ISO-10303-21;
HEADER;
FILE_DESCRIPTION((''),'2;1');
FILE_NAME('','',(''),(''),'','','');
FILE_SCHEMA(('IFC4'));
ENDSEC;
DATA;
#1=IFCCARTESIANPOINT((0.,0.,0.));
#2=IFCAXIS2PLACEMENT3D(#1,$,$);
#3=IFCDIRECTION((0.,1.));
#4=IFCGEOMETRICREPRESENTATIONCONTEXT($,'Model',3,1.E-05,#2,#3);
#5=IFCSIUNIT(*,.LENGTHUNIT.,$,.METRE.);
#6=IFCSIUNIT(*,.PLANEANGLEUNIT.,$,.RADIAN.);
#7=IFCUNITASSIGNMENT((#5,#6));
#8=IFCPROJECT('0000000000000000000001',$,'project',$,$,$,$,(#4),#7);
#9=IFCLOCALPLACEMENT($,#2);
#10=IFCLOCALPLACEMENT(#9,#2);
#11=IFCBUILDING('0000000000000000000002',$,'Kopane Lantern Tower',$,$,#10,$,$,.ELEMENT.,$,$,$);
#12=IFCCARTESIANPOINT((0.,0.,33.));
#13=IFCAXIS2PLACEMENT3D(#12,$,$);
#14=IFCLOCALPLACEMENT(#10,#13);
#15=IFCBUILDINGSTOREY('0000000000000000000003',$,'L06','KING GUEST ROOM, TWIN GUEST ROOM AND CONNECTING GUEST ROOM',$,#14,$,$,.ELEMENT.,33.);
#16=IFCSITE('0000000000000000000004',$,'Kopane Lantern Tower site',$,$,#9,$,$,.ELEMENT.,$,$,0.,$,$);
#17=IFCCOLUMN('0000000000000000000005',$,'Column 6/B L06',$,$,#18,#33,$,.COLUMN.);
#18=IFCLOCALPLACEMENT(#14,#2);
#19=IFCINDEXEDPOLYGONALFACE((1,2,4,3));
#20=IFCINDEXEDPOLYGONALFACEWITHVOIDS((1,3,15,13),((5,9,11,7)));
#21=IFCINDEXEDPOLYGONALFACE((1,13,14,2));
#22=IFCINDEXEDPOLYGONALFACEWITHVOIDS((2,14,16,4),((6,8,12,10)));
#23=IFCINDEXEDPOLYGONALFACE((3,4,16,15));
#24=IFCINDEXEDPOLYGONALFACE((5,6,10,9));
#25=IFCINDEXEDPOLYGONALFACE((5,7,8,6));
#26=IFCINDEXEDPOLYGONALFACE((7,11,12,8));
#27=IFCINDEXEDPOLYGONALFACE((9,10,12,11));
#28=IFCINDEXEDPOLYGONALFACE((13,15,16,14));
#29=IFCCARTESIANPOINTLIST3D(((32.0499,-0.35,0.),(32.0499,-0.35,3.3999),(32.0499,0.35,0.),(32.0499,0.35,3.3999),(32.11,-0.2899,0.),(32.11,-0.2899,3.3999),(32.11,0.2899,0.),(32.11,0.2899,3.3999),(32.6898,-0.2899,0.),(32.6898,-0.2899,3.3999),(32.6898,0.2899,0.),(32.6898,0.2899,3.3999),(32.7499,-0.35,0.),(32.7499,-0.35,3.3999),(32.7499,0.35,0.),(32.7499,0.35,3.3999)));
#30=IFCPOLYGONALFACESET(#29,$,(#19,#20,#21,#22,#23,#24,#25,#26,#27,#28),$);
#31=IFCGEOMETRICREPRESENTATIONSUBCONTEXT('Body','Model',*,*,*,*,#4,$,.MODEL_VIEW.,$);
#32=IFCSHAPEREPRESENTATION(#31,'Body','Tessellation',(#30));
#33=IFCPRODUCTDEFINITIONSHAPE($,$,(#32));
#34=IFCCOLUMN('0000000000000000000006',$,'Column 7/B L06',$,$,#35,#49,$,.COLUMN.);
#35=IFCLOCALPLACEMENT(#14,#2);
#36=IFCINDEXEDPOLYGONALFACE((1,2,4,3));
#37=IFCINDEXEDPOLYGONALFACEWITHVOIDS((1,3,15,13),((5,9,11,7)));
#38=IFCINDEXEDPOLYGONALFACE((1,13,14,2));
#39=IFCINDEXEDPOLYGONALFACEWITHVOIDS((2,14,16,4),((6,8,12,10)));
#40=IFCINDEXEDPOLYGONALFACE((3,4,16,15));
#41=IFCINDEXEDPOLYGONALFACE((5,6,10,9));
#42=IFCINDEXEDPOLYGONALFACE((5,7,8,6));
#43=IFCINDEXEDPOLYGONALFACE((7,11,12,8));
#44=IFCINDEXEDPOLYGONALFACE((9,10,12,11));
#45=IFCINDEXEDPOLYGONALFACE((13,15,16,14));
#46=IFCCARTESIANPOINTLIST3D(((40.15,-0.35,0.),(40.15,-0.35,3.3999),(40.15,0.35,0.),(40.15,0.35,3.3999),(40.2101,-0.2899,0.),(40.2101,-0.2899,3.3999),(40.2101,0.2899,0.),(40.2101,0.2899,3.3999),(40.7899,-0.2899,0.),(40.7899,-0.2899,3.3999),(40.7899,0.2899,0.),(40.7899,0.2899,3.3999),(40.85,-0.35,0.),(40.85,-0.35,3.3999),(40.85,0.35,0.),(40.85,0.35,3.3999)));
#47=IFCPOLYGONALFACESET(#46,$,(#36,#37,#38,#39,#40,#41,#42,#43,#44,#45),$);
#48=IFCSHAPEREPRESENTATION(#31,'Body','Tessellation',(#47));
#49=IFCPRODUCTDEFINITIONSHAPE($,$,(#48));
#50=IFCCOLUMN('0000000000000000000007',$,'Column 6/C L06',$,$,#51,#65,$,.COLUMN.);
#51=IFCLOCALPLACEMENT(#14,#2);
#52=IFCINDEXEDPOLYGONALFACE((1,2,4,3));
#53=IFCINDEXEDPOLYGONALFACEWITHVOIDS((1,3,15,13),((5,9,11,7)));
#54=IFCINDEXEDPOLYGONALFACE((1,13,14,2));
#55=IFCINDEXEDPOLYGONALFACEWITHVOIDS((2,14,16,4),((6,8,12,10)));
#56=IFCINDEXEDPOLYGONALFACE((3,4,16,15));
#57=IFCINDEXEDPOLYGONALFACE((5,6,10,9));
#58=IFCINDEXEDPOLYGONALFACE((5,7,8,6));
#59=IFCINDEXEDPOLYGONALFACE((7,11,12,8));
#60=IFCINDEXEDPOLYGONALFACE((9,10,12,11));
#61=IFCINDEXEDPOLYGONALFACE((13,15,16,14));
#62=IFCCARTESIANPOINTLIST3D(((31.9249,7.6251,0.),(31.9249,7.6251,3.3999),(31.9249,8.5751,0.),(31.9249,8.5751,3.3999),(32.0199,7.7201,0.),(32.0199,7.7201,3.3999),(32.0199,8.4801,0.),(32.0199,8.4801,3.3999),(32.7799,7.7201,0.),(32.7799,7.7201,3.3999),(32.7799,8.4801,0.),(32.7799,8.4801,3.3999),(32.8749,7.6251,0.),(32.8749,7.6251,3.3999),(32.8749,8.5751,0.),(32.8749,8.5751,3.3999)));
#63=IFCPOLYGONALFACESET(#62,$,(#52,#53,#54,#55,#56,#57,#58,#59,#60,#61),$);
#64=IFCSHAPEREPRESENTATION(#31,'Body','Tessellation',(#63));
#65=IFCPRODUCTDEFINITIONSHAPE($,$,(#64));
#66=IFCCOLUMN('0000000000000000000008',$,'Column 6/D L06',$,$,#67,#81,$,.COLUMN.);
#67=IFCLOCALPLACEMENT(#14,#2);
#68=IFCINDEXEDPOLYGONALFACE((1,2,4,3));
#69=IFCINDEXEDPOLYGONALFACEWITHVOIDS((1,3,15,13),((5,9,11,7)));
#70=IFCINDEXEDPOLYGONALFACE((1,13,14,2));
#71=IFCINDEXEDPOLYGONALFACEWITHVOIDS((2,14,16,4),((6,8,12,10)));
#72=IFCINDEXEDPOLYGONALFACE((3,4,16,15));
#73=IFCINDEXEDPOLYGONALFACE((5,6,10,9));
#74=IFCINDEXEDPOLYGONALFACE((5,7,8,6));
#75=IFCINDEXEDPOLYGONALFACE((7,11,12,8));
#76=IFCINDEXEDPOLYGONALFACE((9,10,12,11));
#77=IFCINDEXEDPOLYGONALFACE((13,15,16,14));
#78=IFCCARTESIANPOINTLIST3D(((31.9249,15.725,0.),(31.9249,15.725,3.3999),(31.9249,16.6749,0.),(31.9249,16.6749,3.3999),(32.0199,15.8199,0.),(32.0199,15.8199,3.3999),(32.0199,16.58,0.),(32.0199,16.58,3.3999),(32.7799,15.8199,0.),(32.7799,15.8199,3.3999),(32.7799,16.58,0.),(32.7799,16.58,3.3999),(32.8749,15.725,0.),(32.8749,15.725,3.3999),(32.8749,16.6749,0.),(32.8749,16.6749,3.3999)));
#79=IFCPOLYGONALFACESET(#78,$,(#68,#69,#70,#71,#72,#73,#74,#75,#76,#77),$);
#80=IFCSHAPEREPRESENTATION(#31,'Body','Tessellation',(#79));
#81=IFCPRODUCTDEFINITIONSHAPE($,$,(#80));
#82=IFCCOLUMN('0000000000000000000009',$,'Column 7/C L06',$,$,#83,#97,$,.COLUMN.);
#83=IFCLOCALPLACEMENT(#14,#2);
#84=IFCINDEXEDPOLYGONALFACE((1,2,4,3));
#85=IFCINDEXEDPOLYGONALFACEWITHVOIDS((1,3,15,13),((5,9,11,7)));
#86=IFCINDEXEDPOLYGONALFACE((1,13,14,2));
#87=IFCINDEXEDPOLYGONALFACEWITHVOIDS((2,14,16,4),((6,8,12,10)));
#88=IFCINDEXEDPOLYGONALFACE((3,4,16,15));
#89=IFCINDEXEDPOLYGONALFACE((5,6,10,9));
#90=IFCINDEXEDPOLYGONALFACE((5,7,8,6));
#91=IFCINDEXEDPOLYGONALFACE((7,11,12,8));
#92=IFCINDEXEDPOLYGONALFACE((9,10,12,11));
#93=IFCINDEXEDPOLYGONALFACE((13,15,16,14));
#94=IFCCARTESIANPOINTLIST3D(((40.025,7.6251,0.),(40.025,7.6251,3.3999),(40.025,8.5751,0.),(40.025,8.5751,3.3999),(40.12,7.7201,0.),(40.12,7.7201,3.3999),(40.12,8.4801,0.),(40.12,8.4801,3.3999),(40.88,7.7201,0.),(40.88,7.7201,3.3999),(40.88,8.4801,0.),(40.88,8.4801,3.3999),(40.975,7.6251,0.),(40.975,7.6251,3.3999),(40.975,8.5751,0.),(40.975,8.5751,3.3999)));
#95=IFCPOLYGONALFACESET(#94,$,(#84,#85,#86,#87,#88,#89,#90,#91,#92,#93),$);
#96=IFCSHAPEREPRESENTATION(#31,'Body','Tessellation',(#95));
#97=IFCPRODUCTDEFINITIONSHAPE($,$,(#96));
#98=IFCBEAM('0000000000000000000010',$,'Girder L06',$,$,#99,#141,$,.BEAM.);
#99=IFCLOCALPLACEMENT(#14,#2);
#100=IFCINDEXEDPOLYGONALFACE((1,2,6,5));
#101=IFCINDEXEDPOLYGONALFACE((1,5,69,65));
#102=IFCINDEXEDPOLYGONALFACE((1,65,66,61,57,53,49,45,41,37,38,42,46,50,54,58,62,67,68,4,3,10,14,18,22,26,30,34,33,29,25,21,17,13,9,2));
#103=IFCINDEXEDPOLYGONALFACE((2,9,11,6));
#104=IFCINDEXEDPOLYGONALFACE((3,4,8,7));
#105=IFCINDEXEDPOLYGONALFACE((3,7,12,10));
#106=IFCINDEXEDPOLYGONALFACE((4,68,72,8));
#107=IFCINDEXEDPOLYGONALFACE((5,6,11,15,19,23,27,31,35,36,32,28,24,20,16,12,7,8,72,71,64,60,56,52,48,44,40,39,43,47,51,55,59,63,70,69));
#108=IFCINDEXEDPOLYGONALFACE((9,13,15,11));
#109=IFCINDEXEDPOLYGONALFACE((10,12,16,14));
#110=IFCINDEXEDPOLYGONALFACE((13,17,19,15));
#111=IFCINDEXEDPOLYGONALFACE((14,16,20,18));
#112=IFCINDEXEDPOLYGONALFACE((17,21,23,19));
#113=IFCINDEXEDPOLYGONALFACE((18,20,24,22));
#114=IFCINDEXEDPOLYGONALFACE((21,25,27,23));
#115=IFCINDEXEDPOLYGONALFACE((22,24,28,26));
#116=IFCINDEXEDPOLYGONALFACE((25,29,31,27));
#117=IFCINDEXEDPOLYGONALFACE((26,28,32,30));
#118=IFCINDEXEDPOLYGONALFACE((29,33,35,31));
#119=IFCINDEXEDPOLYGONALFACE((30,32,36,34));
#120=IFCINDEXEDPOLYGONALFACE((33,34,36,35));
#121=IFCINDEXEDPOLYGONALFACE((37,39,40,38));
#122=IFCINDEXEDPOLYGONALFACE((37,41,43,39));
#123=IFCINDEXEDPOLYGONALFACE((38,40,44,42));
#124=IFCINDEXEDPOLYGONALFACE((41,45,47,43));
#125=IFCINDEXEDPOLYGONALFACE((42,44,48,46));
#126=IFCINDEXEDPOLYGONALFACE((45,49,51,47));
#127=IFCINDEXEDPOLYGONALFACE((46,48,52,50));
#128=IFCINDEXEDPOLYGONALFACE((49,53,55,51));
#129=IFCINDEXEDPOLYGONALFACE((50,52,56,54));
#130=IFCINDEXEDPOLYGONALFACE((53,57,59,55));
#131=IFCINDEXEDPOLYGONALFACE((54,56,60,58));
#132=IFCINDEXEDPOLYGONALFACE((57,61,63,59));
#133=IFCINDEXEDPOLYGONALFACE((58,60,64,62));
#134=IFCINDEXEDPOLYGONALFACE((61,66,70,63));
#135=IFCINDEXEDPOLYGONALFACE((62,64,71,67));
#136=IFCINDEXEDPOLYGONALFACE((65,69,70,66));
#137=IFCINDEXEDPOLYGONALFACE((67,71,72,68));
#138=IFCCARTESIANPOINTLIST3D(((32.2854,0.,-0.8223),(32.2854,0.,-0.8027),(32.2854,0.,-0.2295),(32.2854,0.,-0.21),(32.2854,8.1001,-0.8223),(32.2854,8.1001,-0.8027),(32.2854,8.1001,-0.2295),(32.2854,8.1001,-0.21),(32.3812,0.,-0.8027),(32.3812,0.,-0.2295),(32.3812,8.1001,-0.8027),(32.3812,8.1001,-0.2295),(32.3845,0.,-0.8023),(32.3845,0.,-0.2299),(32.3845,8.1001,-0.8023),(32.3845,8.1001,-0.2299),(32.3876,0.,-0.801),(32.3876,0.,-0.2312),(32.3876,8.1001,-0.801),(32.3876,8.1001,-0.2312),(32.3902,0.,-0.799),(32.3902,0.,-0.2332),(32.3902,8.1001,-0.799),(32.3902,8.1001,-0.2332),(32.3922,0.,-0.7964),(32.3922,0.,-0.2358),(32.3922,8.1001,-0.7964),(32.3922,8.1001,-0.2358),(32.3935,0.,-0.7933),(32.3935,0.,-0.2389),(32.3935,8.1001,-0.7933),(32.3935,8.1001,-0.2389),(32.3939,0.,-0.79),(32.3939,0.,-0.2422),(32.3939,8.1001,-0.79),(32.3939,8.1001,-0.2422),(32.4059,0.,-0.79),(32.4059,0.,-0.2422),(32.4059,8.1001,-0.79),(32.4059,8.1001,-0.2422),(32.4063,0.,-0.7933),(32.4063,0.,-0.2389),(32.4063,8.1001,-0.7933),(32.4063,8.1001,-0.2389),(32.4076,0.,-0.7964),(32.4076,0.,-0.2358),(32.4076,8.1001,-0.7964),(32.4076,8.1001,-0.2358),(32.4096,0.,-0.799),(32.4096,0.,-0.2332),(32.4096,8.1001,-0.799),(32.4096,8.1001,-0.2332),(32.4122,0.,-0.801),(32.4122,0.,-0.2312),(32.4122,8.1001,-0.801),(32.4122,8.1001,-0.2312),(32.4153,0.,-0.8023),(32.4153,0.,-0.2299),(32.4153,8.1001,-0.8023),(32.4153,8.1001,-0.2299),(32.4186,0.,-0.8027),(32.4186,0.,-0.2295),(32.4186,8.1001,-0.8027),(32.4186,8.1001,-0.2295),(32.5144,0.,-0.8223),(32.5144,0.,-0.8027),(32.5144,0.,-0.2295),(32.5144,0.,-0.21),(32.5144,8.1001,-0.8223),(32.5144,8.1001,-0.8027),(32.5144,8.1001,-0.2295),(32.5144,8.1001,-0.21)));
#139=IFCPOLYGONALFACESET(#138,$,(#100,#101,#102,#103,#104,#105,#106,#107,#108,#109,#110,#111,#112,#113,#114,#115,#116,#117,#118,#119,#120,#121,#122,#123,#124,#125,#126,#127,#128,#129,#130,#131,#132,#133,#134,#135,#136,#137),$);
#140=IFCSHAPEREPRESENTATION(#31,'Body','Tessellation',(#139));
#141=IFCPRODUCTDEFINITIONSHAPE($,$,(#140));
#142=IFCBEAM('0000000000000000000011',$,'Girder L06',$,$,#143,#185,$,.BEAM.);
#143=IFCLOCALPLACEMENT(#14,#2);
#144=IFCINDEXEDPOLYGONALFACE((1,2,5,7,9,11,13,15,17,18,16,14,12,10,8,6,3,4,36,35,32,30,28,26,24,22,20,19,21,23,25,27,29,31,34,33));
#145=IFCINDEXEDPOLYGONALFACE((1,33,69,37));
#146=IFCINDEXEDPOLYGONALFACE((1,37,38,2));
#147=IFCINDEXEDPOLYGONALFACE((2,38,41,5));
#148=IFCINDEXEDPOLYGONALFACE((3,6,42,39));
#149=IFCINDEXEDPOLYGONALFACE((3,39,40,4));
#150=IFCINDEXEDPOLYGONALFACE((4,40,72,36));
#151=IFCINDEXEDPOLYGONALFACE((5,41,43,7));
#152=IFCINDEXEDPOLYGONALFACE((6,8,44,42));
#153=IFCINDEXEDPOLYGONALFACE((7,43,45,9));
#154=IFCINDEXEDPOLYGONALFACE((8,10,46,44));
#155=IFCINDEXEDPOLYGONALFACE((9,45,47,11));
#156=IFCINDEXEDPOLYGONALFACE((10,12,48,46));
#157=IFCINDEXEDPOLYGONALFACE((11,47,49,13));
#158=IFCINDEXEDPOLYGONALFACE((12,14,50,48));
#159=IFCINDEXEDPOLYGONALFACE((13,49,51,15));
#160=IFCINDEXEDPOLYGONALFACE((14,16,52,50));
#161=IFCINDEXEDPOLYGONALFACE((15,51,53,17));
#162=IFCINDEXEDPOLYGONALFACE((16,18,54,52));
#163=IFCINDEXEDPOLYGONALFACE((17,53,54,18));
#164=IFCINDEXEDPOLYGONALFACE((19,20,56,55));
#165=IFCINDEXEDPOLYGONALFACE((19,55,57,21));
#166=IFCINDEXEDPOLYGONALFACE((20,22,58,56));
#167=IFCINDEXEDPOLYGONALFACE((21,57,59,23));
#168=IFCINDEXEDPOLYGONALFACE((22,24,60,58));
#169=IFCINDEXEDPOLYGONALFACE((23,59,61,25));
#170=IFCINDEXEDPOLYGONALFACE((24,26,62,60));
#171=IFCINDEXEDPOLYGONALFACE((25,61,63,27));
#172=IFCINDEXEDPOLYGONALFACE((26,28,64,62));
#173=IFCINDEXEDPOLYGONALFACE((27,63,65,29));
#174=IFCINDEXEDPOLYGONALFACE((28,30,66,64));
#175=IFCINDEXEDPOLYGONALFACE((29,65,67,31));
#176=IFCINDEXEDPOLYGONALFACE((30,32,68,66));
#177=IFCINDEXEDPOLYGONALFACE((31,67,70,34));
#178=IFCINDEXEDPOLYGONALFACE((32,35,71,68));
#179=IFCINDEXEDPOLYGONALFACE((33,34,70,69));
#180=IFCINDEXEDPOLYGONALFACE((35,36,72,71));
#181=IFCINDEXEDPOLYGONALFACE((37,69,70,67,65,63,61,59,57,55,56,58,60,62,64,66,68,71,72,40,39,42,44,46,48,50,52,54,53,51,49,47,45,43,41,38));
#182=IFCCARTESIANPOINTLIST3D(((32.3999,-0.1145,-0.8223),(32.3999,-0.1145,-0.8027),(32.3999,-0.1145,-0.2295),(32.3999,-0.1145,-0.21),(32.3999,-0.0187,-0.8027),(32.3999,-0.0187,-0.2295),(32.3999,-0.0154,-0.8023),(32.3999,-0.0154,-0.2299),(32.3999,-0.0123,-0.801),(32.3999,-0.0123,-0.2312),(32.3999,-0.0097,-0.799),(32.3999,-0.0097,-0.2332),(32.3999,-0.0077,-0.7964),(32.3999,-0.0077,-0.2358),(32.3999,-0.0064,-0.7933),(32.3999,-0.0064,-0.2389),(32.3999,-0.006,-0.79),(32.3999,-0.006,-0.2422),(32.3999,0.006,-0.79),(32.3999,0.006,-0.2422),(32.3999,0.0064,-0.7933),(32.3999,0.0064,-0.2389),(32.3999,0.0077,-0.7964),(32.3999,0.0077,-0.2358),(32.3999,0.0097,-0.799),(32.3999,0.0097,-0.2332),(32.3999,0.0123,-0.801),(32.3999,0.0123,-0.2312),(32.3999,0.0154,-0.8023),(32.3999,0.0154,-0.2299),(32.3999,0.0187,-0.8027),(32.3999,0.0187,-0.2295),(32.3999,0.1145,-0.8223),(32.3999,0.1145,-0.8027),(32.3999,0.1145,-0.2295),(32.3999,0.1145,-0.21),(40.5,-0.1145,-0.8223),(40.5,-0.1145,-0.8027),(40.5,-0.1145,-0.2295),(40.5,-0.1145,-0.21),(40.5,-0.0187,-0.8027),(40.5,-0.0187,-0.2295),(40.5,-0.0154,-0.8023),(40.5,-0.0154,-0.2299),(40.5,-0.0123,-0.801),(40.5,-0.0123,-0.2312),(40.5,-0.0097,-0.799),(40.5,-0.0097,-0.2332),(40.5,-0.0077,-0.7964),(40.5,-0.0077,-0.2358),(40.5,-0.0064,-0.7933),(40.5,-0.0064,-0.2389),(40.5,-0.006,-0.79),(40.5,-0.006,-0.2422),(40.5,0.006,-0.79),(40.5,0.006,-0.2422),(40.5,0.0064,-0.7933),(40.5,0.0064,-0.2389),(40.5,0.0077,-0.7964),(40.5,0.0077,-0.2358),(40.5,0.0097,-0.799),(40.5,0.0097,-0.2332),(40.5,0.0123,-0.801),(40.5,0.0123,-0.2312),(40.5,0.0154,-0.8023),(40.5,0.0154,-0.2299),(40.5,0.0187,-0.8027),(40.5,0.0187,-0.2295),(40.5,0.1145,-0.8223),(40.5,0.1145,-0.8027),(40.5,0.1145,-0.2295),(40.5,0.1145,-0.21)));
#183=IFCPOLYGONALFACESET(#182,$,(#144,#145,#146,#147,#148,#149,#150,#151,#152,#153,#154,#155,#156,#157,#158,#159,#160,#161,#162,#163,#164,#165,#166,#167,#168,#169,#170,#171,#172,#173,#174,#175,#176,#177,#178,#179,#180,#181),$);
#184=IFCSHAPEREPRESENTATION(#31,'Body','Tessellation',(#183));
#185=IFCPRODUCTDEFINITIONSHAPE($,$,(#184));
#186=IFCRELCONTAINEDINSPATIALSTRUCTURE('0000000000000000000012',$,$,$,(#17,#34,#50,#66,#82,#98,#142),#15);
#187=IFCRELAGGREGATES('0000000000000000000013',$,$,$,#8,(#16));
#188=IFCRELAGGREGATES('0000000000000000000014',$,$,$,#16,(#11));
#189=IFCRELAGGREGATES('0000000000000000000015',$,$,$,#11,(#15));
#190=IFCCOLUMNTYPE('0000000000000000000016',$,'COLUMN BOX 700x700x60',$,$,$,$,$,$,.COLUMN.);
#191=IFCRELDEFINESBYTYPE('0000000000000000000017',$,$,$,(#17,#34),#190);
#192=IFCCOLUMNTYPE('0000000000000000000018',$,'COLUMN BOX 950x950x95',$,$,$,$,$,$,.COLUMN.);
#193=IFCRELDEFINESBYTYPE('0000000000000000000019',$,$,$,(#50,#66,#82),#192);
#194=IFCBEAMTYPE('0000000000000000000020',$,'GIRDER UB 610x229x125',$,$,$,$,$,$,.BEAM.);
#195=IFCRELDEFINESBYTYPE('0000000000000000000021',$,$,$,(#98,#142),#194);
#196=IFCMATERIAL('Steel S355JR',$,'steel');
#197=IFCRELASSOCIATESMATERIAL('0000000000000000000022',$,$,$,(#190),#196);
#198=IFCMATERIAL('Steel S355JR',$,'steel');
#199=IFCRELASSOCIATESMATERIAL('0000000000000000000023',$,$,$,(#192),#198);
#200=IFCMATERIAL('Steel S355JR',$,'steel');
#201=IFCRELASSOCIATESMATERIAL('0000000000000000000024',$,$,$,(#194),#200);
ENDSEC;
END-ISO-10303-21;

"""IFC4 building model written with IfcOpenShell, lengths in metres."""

from ifc_helpers import new_model, si_unit, direction, frame, origin, origin_2d, place, context, subcontext, project, spatial, hollow_rectangle, i_section, extrude, material, material_profile, profile_set, type_object, element, save


model = new_model("IFC4")

# Units and contexts
model_context = context("Model", 3, precision=1e-05, world=origin(), true_north=direction((0.0, 1.0)))
body_context = subcontext(model_context, "Body", "Model", "MODEL_VIEW")
ifc_project = project(units=[si_unit("LENGTHUNIT", "METRE"), si_unit("PLANEANGLEUNIT", "RADIAN")], contexts=[model_context])

# Site, building, storey
site_placement = place(None, origin())
site = spatial("IfcSite", under=ifc_project, at=site_placement, Name="Kopane Lantern Tower site", CompositionType="ELEMENT", RefElevation=0.0)
building_placement = place(site_placement, origin())
building = spatial("IfcBuilding", under=site, at=building_placement, Name="Kopane Lantern Tower", CompositionType="ELEMENT")
storey_placement = place(building_placement, frame((0.0, 0.0, 33.0)))
storey = spatial("IfcBuildingStorey", under=building, at=storey_placement, Name="L06", Description="KING GUEST ROOM, TWIN GUEST ROOM AND CONNECTING GUEST ROOM", CompositionType="ELEMENT", Elevation=33.0)

# Columns
ifc_material_1 = material(Name="Steel S355JR", Category="steel")
ifc_material_profile_1 = material_profile(ifc_material_1, hollow_rectangle(XDim=0.7, YDim=0.7, WallThickness=0.0601, at=origin_2d()), Name="BOX 700x700x60")
ifc_profile_set_1 = profile_set([ifc_material_profile_1], Name="Steel S355JR")
column_type_1 = type_object("IfcColumnType", Name="COLUMN BOX 700x700x60", PredefinedType="COLUMN", material=ifc_profile_set_1)
for number, where, z_axis, x_axis, name in (
    (1, (32.3999, 0.0, 0.0), (0.0, 0.0, 1.0), (1.0, 0.0, 0.0), "Column 6/B L06"),
    (2, (40.5, 0.0, 0.0), (0.0, 0.0, 1.0), (1.0, 0.0, 0.0), "Column 7/B L06"),
):
    element("IfcColumn", number, at=place(storey_placement, frame(where, z_axis=z_axis, x_axis=x_axis)), inside=storey, type_object=column_type_1, Name=name, PredefinedType="COLUMN", context=body_context, shape_type="SweptSolid", body=[
        extrude(hollow_rectangle(XDim=0.7, YDim=0.7, WallThickness=0.0601, at=origin_2d()), origin(), (0.0, 0.0, 1.0), 3.3999),
    ])
ifc_material_2 = material(Name="Steel S355JR", Category="steel")
ifc_material_profile_2 = material_profile(ifc_material_2, hollow_rectangle(XDim=0.95, YDim=0.95, WallThickness=0.095, at=origin_2d()), Name="BOX 950x950x95")
ifc_profile_set_2 = profile_set([ifc_material_profile_2], Name="Steel S355JR")
column_type_2 = type_object("IfcColumnType", Name="COLUMN BOX 950x950x95", PredefinedType="COLUMN", material=ifc_profile_set_2)
for number, where, z_axis, x_axis, name in (
    (3, (32.3999, 8.1001, 0.0), (0.0, 0.0, 1.0), (1.0, 0.0, 0.0), "Column 6/C L06"),
    (4, (32.3999, 16.2, 0.0), (0.0, 0.0, 1.0), (1.0, 0.0, 0.0), "Column 6/D L06"),
    (5, (40.5, 8.1001, 0.0), (0.0, 0.0, 1.0), (1.0, 0.0, 0.0), "Column 7/C L06"),
):
    element("IfcColumn", number, at=place(storey_placement, frame(where, z_axis=z_axis, x_axis=x_axis)), inside=storey, type_object=column_type_2, Name=name, PredefinedType="COLUMN", context=body_context, shape_type="SweptSolid", body=[
        extrude(hollow_rectangle(XDim=0.95, YDim=0.95, WallThickness=0.095, at=origin_2d()), origin(), (0.0, 0.0, 1.0), 3.3999),
    ])

# Beams
ifc_material_3 = material(Name="Steel S355JR", Category="steel")
ifc_material_profile_3 = material_profile(ifc_material_3, i_section(OverallWidth=0.229, OverallDepth=0.6123, WebThickness=0.012, FlangeThickness=0.0195, FilletRadius=0.0127, at=origin_2d()), Name="UB 610x229x125")
ifc_profile_set_3 = profile_set([ifc_material_profile_3], Name="Steel S355JR")
beam_type = type_object("IfcBeamType", Name="GIRDER UB 610x229x125", PredefinedType="BEAM", material=ifc_profile_set_3)
for number, where, z_axis, x_axis, name in (
    (6, (32.3999, 0.0, -0.5161), (0.0, 1.0, 0.0), (-1.0, 0.0, 0.0), "Girder L06"),
    (7, (32.3999, 0.0, -0.5161), (1.0, 0.0, 0.0), (0.0, 1.0, 0.0), "Girder L06"),
):
    element("IfcBeam", number, at=place(storey_placement, frame(where, z_axis=z_axis, x_axis=x_axis)), inside=storey, type_object=beam_type, Name=name, PredefinedType="BEAM", context=body_context, shape_type="SweptSolid", body=[
        extrude(i_section(OverallWidth=0.229, OverallDepth=0.6123, WebThickness=0.012, FlangeThickness=0.0195, FilletRadius=0.0127, at=origin_2d()), origin(), (0.0, 0.0, 1.0), 8.1001),
    ])

save(model, "model.ifc")
